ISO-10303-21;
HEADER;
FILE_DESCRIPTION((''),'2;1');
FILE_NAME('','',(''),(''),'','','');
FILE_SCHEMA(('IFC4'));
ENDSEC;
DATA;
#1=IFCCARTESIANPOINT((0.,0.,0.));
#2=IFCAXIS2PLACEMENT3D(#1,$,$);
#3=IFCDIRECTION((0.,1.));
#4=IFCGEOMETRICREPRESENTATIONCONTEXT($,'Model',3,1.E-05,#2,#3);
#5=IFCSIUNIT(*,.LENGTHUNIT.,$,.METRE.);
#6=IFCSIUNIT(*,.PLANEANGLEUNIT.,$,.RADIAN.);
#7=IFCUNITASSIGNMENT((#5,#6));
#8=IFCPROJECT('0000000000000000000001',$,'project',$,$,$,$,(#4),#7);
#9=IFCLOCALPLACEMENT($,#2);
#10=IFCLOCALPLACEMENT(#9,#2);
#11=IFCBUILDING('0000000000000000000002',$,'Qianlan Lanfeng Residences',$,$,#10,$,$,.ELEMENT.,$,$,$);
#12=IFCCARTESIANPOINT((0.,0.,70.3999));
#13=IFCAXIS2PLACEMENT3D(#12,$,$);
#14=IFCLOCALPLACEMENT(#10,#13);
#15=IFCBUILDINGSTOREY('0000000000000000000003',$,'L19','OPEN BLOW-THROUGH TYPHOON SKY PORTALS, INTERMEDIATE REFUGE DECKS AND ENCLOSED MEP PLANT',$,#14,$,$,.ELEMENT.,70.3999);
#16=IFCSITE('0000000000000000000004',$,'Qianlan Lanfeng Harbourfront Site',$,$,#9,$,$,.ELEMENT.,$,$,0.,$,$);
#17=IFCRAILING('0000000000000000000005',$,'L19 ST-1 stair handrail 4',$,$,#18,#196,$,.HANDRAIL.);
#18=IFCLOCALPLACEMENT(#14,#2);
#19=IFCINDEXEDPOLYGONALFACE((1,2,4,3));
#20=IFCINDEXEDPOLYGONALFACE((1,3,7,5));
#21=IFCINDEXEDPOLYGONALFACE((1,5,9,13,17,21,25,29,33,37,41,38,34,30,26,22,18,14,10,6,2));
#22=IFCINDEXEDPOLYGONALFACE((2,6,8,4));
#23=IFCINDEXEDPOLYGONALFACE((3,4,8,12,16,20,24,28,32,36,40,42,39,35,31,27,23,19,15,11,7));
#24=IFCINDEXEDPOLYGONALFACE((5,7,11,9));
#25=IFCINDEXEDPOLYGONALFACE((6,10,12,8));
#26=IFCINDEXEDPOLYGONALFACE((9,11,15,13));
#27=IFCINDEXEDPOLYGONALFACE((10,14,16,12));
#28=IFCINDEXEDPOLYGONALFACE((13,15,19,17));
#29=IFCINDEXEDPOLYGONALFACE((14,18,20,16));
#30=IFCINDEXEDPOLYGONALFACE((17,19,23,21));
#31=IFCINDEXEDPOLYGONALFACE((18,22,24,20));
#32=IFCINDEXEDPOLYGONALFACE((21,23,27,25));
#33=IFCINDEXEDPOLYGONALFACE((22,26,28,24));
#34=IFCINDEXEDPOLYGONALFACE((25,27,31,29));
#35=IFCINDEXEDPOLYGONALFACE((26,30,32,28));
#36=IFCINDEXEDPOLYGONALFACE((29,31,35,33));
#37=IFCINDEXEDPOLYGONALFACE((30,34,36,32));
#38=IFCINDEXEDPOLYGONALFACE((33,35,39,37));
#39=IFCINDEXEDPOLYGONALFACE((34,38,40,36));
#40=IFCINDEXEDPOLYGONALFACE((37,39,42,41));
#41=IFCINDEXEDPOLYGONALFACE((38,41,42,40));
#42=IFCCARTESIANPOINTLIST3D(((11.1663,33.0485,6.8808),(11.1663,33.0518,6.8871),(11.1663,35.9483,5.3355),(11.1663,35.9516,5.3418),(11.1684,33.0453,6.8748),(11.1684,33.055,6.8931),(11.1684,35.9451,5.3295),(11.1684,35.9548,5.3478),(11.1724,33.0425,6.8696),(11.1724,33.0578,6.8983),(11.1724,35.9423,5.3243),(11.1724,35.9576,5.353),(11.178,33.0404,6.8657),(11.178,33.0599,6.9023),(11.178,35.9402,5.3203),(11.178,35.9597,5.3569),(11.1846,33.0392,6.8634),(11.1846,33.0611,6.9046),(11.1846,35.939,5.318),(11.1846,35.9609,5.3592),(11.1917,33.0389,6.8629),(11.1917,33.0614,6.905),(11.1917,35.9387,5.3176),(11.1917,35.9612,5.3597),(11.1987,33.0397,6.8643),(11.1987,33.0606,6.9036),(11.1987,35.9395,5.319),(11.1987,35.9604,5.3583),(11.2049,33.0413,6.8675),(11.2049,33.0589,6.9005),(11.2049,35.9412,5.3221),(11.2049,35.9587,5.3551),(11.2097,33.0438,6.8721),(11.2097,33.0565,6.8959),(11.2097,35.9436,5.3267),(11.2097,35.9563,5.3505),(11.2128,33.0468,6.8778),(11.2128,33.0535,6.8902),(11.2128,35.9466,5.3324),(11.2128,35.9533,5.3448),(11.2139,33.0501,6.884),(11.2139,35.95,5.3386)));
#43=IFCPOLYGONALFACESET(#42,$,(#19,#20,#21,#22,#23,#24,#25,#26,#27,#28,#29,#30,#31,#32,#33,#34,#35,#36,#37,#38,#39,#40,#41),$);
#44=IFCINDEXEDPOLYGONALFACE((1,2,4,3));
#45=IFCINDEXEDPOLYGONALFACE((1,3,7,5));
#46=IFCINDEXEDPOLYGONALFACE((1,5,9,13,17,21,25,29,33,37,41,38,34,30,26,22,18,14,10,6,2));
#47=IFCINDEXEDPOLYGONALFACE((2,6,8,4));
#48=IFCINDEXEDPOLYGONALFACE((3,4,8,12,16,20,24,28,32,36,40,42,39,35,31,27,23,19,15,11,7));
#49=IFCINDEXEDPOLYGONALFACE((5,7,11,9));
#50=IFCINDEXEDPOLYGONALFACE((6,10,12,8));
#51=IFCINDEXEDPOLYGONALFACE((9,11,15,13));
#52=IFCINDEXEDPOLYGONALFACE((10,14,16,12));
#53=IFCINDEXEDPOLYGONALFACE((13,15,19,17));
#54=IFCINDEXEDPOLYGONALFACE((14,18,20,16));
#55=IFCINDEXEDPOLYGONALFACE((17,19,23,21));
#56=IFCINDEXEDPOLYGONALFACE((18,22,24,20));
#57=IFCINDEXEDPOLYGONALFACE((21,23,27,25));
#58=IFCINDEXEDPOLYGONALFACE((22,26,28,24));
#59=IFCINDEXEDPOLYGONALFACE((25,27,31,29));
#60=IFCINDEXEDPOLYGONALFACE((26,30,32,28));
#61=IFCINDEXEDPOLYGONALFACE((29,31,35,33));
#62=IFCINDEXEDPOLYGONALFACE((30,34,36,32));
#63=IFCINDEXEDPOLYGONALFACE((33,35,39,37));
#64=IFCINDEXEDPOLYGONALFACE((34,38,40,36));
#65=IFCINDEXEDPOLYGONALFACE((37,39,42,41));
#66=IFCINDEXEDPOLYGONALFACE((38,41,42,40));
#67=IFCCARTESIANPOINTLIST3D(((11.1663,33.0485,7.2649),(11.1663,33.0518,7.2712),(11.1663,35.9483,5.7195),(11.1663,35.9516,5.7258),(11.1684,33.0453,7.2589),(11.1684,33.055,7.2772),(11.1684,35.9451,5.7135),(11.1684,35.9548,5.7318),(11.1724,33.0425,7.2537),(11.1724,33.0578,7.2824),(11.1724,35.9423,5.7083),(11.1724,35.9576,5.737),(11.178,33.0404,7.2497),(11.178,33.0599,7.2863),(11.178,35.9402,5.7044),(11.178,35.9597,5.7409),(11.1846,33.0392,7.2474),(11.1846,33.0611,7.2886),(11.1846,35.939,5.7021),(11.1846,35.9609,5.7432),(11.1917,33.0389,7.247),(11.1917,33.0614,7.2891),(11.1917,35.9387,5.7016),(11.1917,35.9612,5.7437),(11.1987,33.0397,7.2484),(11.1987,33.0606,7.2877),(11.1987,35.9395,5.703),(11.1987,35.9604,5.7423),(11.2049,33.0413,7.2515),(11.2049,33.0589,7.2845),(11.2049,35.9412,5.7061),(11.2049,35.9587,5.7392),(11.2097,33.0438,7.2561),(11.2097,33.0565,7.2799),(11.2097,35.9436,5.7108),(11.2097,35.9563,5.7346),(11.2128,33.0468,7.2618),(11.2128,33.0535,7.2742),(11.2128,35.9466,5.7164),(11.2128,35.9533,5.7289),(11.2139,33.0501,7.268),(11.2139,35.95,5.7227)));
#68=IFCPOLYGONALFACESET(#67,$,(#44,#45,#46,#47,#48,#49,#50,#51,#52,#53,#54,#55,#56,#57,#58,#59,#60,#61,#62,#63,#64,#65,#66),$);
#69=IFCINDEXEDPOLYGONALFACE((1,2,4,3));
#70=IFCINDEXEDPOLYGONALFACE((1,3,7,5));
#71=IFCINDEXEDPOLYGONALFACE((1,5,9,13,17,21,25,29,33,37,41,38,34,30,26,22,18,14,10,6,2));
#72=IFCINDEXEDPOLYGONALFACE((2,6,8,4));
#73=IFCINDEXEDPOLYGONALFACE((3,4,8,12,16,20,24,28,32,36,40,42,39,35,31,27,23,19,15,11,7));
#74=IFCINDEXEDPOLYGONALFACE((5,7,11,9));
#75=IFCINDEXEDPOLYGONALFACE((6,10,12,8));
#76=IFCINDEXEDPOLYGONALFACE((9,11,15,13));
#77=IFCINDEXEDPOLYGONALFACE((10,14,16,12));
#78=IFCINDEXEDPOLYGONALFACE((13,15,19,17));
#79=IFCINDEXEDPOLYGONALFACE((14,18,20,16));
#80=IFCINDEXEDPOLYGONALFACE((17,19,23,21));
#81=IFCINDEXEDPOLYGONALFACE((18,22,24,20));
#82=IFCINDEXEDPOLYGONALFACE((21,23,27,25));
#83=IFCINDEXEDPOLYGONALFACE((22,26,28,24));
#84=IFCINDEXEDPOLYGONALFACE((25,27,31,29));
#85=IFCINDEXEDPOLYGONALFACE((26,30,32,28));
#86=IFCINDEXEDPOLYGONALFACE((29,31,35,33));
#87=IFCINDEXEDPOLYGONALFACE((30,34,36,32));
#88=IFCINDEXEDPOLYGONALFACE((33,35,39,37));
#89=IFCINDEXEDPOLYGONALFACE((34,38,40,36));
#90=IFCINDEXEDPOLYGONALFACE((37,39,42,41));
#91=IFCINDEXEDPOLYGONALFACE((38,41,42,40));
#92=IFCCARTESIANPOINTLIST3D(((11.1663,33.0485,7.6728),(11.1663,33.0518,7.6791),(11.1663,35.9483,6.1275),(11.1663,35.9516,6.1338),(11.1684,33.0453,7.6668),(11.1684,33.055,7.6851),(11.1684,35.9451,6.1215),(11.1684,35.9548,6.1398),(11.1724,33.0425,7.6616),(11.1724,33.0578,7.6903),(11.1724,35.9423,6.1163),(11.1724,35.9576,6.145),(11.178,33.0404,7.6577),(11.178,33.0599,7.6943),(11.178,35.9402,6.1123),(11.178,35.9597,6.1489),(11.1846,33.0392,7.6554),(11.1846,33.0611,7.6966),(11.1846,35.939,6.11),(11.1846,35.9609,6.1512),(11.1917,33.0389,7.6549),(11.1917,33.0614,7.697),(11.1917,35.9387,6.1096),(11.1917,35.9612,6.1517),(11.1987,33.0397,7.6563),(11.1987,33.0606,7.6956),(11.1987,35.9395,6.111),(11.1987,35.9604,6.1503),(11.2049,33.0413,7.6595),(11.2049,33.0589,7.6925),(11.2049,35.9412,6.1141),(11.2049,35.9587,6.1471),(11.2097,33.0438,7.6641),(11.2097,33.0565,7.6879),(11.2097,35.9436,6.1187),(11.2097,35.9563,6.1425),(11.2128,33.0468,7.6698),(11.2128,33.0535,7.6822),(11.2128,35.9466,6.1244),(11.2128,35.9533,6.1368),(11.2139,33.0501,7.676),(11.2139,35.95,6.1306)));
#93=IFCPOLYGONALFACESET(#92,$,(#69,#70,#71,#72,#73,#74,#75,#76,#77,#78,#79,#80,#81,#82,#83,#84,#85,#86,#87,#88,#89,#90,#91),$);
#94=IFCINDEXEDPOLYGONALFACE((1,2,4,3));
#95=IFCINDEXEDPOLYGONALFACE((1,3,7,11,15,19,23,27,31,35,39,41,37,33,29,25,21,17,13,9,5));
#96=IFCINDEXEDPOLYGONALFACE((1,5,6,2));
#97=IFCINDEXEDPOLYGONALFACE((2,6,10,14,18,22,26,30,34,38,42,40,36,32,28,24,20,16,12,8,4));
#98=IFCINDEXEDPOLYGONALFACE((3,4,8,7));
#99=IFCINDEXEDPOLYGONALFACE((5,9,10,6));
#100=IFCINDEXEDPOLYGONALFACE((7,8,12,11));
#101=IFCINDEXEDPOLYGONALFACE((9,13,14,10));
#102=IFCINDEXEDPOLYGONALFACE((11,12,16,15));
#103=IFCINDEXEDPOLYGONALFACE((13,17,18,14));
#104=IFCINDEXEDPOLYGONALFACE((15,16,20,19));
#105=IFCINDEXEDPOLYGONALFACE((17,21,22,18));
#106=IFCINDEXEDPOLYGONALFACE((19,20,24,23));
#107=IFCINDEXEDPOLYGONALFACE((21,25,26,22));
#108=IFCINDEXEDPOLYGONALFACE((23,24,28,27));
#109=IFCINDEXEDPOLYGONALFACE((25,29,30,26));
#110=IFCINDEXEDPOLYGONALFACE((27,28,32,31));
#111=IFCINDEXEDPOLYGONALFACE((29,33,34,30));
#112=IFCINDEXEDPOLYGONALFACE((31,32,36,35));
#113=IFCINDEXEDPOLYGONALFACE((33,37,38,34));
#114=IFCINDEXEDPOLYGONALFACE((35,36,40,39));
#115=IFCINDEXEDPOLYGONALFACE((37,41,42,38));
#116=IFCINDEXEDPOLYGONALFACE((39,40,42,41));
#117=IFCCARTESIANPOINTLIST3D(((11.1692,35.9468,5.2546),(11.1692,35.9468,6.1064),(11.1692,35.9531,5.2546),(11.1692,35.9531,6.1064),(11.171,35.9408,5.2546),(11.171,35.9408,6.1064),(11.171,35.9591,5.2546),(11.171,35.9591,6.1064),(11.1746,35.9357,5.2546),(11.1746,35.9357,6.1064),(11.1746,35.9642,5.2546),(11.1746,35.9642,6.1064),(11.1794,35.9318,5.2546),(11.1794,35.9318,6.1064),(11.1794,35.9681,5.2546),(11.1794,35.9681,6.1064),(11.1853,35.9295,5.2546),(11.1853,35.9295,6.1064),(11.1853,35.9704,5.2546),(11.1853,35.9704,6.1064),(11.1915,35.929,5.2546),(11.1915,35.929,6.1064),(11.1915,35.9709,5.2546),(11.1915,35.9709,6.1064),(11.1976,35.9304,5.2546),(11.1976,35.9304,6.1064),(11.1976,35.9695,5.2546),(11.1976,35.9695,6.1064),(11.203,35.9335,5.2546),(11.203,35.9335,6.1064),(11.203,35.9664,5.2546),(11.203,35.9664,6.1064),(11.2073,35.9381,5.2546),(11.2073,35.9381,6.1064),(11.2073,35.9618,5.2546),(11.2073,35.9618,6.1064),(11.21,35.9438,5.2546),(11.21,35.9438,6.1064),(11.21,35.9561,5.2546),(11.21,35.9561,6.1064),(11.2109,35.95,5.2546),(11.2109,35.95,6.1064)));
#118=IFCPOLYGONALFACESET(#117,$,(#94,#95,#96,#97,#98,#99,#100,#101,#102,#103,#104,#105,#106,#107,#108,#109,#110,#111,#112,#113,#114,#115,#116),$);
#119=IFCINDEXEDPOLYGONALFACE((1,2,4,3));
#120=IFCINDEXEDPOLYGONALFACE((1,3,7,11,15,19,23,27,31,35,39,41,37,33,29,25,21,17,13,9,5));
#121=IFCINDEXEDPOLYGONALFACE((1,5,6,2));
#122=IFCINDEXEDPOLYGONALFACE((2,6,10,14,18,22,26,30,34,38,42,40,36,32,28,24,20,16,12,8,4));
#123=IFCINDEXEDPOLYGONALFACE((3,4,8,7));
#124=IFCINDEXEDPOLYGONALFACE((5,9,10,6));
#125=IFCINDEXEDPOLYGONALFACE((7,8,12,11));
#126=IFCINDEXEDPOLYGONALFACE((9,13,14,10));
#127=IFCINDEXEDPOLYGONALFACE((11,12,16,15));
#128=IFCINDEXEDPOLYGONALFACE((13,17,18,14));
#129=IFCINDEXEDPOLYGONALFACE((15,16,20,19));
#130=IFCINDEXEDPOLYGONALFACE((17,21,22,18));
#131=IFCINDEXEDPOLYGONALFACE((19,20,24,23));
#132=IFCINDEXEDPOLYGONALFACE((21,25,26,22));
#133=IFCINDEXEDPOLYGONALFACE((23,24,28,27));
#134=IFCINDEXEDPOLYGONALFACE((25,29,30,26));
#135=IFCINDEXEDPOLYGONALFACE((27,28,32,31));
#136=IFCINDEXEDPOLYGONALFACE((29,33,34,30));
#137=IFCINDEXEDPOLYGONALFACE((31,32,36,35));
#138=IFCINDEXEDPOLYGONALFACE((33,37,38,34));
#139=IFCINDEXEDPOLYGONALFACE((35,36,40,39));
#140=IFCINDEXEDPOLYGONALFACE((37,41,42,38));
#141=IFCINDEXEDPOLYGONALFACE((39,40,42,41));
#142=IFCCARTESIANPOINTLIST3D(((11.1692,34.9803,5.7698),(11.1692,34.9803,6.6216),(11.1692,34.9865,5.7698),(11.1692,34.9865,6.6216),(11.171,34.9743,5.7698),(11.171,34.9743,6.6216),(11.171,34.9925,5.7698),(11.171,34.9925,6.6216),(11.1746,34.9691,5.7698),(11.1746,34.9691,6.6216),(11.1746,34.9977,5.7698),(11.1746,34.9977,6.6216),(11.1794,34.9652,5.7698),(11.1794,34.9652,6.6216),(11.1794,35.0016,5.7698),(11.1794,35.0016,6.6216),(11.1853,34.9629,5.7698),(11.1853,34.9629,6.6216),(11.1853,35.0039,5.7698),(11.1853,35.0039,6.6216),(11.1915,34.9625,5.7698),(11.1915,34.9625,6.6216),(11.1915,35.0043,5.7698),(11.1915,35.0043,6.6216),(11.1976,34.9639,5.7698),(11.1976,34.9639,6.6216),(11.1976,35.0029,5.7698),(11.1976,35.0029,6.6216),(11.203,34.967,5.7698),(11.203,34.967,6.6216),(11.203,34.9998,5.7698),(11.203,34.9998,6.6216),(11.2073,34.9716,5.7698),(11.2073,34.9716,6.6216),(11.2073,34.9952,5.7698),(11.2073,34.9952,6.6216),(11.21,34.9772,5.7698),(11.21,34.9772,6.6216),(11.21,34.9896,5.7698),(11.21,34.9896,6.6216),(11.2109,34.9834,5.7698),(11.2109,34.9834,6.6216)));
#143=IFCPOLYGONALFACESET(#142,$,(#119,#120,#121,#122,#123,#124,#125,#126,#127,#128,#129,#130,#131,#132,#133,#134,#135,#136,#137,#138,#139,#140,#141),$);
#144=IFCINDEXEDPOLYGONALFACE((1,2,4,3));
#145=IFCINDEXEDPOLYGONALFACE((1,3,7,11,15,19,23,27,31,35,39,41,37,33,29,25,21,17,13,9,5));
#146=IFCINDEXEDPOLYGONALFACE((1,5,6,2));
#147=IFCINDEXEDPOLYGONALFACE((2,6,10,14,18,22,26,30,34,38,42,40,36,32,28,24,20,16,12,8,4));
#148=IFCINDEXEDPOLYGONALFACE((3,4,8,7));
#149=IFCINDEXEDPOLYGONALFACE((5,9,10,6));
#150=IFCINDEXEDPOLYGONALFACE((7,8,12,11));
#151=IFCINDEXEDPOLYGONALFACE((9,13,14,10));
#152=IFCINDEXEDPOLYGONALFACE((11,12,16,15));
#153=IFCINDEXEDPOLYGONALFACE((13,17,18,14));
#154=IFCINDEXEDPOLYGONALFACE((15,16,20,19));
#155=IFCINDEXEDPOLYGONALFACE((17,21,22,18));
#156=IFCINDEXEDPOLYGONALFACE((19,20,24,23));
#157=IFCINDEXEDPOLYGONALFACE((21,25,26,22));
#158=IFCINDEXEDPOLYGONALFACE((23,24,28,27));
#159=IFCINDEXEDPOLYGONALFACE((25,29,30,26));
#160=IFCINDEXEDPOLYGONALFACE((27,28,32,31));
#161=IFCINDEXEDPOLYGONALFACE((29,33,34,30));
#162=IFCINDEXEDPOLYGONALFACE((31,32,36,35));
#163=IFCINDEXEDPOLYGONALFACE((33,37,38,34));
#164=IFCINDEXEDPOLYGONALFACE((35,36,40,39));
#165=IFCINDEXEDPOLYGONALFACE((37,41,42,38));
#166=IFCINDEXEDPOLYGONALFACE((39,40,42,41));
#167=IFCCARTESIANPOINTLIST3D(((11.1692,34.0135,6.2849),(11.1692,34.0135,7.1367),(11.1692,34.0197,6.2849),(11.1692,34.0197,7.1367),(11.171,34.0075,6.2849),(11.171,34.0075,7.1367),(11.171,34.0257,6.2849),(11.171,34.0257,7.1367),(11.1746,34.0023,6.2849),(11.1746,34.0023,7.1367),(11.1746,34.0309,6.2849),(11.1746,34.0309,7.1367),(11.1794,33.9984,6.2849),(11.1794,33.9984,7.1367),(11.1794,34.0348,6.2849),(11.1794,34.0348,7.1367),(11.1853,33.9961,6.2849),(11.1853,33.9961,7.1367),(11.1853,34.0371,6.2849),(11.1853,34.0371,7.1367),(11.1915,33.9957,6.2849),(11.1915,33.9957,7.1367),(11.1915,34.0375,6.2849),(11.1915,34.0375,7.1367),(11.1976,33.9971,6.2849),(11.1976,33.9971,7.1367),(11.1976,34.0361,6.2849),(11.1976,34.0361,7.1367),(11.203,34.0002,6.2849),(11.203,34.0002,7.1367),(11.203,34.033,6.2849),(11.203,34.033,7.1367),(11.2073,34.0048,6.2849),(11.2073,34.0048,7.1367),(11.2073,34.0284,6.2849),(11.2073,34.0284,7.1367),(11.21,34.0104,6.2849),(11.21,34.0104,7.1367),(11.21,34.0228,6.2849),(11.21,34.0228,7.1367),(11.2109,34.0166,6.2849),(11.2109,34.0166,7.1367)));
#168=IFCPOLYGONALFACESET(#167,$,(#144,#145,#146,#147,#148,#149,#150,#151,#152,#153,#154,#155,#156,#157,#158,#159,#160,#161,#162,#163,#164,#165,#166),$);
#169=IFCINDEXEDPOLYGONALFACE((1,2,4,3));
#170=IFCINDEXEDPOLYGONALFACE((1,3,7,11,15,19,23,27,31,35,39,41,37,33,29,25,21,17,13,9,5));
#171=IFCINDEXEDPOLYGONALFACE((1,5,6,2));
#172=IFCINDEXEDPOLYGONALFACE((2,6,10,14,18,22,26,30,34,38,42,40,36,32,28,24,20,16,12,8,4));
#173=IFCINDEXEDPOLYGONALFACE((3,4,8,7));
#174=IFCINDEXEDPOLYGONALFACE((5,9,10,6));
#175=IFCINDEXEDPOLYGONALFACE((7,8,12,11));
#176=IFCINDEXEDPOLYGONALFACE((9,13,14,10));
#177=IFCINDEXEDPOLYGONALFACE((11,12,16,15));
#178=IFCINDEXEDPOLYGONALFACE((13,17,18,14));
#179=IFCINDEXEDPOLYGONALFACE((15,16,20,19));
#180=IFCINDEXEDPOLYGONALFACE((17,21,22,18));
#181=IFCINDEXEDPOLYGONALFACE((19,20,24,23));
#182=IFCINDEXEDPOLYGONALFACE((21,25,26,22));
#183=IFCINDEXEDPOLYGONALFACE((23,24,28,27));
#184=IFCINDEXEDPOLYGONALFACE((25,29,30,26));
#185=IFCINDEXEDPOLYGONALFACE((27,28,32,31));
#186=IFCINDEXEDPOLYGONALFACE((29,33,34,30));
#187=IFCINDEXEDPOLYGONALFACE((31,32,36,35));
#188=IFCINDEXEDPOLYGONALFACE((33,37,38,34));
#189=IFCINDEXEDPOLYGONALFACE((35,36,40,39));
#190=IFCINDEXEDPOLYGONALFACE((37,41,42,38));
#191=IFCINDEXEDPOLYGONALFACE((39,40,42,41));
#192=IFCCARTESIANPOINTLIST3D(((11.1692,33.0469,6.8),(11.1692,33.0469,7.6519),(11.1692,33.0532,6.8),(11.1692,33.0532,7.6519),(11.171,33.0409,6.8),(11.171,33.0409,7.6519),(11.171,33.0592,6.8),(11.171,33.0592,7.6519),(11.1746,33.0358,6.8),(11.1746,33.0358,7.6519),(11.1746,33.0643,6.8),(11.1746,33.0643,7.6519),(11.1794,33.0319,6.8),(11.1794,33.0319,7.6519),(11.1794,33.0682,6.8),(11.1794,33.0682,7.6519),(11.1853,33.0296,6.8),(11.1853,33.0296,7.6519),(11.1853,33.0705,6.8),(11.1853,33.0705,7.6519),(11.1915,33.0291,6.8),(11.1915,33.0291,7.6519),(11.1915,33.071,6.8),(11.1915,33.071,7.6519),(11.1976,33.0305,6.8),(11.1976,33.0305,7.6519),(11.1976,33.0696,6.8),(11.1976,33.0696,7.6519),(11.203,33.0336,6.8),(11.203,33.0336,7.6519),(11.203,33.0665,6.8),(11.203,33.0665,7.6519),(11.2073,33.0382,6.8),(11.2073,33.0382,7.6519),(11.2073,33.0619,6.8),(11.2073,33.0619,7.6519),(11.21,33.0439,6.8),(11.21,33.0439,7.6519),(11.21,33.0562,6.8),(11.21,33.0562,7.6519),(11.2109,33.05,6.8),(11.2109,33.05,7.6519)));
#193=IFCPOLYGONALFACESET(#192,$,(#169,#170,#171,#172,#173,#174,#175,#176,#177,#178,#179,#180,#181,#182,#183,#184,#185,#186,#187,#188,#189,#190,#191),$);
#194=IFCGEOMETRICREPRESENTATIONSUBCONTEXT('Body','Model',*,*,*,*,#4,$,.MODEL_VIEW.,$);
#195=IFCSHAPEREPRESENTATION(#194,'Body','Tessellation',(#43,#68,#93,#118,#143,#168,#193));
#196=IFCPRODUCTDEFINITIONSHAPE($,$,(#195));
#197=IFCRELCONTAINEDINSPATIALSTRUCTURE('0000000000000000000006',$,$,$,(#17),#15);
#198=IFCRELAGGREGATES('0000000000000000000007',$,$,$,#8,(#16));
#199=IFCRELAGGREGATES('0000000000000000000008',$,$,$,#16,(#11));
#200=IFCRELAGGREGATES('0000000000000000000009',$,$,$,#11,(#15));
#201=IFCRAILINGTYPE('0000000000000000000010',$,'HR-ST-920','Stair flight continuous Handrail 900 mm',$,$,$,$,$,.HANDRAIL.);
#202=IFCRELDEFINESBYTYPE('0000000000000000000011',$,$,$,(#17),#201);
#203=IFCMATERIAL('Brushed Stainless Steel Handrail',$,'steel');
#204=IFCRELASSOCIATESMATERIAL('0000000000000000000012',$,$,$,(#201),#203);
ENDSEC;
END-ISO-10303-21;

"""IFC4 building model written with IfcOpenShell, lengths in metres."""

from ifc_helpers import new_model, si_unit, direction, frame, origin, origin_2d, place, context, subcontext, project, spatial, circle, extrude, material, type_object, element, save


model = new_model("IFC4")

# Units and contexts
model_context = context("Model", 3, precision=1e-05, world=origin(), true_north=direction((0.0, 1.0)))
body_context = subcontext(model_context, "Body", "Model", "MODEL_VIEW")
ifc_project = project(units=[si_unit("LENGTHUNIT", "METRE"), si_unit("PLANEANGLEUNIT", "RADIAN")], contexts=[model_context])

# Site, building, storey
site_placement = place(None, origin())
site = spatial("IfcSite", under=ifc_project, at=site_placement, Name="Qianlan Lanfeng Harbourfront Site", CompositionType="ELEMENT", RefElevation=0.0)
building_placement = place(site_placement, origin())
building = spatial("IfcBuilding", under=site, at=building_placement, Name="Qianlan Lanfeng Residences", CompositionType="ELEMENT")
storey_placement = place(building_placement, frame((0.0, 0.0, 70.3999)))
storey = spatial("IfcBuildingStorey", under=building, at=storey_placement, Name="L19", Description="OPEN BLOW-THROUGH TYPHOON SKY PORTALS, INTERMEDIATE REFUGE DECKS AND ENCLOSED MEP PLANT", CompositionType="ELEMENT", Elevation=70.3999)

# Railing
ifc_material_1 = material(Name="Brushed Stainless Steel Handrail", Category="steel")
railing_type_1 = type_object("IfcRailingType", Name="HR-ST-920", Description="Stair flight continuous Handrail 900 mm", PredefinedType="HANDRAIL", material=ifc_material_1)
for number, where, name in (
    (1, (11.1899, 35.95, 5.2546), "L19 ST-1 stair handrail 4"),
):
    element("IfcRailing", number, at=place(storey_placement, frame(where)), inside=storey, type_object=railing_type_1, Name=name, PredefinedType="HANDRAIL", context=body_context, shape_type="SweptSolid", body=[
        extrude(circle(Radius=0.0239, at=origin_2d()), frame((0.0, 0.0, 0.084), z_axis=(0.0, -0.882505, 0.470303), x_axis=(1.0, 0.0, 0.0)), (0.0, 0.0, 1.0), 3.2859),
        extrude(circle(Radius=0.0239, at=origin_2d()), frame((0.0, 0.0, 0.468), z_axis=(0.0, -0.882505, 0.470303), x_axis=(1.0, 0.0, 0.0)), (0.0, 0.0, 1.0), 3.2859),
        extrude(circle(Radius=0.0239, at=origin_2d()), frame((0.0, 0.0, 0.876), z_axis=(0.0, -0.882505, 0.470303), x_axis=(1.0, 0.0, 0.0)), (0.0, 0.0, 1.0), 3.2859),
        extrude(circle(Radius=0.021, at=origin_2d()), origin(), (0.0, 0.0, 1.0), 0.8518),
        extrude(circle(Radius=0.021, at=origin_2d()), frame((0.0, -0.9666, 0.5151)), (0.0, 0.0, 1.0), 0.8518),
        extrude(circle(Radius=0.021, at=origin_2d()), frame((0.0, -1.9333, 1.0303)), (0.0, 0.0, 1.0), 0.8518),
        extrude(circle(Radius=0.021, at=origin_2d()), frame((0.0, -2.8999, 1.5454)), (0.0, 0.0, 1.0), 0.8518),
    ])

save(model, "model.ifc")
